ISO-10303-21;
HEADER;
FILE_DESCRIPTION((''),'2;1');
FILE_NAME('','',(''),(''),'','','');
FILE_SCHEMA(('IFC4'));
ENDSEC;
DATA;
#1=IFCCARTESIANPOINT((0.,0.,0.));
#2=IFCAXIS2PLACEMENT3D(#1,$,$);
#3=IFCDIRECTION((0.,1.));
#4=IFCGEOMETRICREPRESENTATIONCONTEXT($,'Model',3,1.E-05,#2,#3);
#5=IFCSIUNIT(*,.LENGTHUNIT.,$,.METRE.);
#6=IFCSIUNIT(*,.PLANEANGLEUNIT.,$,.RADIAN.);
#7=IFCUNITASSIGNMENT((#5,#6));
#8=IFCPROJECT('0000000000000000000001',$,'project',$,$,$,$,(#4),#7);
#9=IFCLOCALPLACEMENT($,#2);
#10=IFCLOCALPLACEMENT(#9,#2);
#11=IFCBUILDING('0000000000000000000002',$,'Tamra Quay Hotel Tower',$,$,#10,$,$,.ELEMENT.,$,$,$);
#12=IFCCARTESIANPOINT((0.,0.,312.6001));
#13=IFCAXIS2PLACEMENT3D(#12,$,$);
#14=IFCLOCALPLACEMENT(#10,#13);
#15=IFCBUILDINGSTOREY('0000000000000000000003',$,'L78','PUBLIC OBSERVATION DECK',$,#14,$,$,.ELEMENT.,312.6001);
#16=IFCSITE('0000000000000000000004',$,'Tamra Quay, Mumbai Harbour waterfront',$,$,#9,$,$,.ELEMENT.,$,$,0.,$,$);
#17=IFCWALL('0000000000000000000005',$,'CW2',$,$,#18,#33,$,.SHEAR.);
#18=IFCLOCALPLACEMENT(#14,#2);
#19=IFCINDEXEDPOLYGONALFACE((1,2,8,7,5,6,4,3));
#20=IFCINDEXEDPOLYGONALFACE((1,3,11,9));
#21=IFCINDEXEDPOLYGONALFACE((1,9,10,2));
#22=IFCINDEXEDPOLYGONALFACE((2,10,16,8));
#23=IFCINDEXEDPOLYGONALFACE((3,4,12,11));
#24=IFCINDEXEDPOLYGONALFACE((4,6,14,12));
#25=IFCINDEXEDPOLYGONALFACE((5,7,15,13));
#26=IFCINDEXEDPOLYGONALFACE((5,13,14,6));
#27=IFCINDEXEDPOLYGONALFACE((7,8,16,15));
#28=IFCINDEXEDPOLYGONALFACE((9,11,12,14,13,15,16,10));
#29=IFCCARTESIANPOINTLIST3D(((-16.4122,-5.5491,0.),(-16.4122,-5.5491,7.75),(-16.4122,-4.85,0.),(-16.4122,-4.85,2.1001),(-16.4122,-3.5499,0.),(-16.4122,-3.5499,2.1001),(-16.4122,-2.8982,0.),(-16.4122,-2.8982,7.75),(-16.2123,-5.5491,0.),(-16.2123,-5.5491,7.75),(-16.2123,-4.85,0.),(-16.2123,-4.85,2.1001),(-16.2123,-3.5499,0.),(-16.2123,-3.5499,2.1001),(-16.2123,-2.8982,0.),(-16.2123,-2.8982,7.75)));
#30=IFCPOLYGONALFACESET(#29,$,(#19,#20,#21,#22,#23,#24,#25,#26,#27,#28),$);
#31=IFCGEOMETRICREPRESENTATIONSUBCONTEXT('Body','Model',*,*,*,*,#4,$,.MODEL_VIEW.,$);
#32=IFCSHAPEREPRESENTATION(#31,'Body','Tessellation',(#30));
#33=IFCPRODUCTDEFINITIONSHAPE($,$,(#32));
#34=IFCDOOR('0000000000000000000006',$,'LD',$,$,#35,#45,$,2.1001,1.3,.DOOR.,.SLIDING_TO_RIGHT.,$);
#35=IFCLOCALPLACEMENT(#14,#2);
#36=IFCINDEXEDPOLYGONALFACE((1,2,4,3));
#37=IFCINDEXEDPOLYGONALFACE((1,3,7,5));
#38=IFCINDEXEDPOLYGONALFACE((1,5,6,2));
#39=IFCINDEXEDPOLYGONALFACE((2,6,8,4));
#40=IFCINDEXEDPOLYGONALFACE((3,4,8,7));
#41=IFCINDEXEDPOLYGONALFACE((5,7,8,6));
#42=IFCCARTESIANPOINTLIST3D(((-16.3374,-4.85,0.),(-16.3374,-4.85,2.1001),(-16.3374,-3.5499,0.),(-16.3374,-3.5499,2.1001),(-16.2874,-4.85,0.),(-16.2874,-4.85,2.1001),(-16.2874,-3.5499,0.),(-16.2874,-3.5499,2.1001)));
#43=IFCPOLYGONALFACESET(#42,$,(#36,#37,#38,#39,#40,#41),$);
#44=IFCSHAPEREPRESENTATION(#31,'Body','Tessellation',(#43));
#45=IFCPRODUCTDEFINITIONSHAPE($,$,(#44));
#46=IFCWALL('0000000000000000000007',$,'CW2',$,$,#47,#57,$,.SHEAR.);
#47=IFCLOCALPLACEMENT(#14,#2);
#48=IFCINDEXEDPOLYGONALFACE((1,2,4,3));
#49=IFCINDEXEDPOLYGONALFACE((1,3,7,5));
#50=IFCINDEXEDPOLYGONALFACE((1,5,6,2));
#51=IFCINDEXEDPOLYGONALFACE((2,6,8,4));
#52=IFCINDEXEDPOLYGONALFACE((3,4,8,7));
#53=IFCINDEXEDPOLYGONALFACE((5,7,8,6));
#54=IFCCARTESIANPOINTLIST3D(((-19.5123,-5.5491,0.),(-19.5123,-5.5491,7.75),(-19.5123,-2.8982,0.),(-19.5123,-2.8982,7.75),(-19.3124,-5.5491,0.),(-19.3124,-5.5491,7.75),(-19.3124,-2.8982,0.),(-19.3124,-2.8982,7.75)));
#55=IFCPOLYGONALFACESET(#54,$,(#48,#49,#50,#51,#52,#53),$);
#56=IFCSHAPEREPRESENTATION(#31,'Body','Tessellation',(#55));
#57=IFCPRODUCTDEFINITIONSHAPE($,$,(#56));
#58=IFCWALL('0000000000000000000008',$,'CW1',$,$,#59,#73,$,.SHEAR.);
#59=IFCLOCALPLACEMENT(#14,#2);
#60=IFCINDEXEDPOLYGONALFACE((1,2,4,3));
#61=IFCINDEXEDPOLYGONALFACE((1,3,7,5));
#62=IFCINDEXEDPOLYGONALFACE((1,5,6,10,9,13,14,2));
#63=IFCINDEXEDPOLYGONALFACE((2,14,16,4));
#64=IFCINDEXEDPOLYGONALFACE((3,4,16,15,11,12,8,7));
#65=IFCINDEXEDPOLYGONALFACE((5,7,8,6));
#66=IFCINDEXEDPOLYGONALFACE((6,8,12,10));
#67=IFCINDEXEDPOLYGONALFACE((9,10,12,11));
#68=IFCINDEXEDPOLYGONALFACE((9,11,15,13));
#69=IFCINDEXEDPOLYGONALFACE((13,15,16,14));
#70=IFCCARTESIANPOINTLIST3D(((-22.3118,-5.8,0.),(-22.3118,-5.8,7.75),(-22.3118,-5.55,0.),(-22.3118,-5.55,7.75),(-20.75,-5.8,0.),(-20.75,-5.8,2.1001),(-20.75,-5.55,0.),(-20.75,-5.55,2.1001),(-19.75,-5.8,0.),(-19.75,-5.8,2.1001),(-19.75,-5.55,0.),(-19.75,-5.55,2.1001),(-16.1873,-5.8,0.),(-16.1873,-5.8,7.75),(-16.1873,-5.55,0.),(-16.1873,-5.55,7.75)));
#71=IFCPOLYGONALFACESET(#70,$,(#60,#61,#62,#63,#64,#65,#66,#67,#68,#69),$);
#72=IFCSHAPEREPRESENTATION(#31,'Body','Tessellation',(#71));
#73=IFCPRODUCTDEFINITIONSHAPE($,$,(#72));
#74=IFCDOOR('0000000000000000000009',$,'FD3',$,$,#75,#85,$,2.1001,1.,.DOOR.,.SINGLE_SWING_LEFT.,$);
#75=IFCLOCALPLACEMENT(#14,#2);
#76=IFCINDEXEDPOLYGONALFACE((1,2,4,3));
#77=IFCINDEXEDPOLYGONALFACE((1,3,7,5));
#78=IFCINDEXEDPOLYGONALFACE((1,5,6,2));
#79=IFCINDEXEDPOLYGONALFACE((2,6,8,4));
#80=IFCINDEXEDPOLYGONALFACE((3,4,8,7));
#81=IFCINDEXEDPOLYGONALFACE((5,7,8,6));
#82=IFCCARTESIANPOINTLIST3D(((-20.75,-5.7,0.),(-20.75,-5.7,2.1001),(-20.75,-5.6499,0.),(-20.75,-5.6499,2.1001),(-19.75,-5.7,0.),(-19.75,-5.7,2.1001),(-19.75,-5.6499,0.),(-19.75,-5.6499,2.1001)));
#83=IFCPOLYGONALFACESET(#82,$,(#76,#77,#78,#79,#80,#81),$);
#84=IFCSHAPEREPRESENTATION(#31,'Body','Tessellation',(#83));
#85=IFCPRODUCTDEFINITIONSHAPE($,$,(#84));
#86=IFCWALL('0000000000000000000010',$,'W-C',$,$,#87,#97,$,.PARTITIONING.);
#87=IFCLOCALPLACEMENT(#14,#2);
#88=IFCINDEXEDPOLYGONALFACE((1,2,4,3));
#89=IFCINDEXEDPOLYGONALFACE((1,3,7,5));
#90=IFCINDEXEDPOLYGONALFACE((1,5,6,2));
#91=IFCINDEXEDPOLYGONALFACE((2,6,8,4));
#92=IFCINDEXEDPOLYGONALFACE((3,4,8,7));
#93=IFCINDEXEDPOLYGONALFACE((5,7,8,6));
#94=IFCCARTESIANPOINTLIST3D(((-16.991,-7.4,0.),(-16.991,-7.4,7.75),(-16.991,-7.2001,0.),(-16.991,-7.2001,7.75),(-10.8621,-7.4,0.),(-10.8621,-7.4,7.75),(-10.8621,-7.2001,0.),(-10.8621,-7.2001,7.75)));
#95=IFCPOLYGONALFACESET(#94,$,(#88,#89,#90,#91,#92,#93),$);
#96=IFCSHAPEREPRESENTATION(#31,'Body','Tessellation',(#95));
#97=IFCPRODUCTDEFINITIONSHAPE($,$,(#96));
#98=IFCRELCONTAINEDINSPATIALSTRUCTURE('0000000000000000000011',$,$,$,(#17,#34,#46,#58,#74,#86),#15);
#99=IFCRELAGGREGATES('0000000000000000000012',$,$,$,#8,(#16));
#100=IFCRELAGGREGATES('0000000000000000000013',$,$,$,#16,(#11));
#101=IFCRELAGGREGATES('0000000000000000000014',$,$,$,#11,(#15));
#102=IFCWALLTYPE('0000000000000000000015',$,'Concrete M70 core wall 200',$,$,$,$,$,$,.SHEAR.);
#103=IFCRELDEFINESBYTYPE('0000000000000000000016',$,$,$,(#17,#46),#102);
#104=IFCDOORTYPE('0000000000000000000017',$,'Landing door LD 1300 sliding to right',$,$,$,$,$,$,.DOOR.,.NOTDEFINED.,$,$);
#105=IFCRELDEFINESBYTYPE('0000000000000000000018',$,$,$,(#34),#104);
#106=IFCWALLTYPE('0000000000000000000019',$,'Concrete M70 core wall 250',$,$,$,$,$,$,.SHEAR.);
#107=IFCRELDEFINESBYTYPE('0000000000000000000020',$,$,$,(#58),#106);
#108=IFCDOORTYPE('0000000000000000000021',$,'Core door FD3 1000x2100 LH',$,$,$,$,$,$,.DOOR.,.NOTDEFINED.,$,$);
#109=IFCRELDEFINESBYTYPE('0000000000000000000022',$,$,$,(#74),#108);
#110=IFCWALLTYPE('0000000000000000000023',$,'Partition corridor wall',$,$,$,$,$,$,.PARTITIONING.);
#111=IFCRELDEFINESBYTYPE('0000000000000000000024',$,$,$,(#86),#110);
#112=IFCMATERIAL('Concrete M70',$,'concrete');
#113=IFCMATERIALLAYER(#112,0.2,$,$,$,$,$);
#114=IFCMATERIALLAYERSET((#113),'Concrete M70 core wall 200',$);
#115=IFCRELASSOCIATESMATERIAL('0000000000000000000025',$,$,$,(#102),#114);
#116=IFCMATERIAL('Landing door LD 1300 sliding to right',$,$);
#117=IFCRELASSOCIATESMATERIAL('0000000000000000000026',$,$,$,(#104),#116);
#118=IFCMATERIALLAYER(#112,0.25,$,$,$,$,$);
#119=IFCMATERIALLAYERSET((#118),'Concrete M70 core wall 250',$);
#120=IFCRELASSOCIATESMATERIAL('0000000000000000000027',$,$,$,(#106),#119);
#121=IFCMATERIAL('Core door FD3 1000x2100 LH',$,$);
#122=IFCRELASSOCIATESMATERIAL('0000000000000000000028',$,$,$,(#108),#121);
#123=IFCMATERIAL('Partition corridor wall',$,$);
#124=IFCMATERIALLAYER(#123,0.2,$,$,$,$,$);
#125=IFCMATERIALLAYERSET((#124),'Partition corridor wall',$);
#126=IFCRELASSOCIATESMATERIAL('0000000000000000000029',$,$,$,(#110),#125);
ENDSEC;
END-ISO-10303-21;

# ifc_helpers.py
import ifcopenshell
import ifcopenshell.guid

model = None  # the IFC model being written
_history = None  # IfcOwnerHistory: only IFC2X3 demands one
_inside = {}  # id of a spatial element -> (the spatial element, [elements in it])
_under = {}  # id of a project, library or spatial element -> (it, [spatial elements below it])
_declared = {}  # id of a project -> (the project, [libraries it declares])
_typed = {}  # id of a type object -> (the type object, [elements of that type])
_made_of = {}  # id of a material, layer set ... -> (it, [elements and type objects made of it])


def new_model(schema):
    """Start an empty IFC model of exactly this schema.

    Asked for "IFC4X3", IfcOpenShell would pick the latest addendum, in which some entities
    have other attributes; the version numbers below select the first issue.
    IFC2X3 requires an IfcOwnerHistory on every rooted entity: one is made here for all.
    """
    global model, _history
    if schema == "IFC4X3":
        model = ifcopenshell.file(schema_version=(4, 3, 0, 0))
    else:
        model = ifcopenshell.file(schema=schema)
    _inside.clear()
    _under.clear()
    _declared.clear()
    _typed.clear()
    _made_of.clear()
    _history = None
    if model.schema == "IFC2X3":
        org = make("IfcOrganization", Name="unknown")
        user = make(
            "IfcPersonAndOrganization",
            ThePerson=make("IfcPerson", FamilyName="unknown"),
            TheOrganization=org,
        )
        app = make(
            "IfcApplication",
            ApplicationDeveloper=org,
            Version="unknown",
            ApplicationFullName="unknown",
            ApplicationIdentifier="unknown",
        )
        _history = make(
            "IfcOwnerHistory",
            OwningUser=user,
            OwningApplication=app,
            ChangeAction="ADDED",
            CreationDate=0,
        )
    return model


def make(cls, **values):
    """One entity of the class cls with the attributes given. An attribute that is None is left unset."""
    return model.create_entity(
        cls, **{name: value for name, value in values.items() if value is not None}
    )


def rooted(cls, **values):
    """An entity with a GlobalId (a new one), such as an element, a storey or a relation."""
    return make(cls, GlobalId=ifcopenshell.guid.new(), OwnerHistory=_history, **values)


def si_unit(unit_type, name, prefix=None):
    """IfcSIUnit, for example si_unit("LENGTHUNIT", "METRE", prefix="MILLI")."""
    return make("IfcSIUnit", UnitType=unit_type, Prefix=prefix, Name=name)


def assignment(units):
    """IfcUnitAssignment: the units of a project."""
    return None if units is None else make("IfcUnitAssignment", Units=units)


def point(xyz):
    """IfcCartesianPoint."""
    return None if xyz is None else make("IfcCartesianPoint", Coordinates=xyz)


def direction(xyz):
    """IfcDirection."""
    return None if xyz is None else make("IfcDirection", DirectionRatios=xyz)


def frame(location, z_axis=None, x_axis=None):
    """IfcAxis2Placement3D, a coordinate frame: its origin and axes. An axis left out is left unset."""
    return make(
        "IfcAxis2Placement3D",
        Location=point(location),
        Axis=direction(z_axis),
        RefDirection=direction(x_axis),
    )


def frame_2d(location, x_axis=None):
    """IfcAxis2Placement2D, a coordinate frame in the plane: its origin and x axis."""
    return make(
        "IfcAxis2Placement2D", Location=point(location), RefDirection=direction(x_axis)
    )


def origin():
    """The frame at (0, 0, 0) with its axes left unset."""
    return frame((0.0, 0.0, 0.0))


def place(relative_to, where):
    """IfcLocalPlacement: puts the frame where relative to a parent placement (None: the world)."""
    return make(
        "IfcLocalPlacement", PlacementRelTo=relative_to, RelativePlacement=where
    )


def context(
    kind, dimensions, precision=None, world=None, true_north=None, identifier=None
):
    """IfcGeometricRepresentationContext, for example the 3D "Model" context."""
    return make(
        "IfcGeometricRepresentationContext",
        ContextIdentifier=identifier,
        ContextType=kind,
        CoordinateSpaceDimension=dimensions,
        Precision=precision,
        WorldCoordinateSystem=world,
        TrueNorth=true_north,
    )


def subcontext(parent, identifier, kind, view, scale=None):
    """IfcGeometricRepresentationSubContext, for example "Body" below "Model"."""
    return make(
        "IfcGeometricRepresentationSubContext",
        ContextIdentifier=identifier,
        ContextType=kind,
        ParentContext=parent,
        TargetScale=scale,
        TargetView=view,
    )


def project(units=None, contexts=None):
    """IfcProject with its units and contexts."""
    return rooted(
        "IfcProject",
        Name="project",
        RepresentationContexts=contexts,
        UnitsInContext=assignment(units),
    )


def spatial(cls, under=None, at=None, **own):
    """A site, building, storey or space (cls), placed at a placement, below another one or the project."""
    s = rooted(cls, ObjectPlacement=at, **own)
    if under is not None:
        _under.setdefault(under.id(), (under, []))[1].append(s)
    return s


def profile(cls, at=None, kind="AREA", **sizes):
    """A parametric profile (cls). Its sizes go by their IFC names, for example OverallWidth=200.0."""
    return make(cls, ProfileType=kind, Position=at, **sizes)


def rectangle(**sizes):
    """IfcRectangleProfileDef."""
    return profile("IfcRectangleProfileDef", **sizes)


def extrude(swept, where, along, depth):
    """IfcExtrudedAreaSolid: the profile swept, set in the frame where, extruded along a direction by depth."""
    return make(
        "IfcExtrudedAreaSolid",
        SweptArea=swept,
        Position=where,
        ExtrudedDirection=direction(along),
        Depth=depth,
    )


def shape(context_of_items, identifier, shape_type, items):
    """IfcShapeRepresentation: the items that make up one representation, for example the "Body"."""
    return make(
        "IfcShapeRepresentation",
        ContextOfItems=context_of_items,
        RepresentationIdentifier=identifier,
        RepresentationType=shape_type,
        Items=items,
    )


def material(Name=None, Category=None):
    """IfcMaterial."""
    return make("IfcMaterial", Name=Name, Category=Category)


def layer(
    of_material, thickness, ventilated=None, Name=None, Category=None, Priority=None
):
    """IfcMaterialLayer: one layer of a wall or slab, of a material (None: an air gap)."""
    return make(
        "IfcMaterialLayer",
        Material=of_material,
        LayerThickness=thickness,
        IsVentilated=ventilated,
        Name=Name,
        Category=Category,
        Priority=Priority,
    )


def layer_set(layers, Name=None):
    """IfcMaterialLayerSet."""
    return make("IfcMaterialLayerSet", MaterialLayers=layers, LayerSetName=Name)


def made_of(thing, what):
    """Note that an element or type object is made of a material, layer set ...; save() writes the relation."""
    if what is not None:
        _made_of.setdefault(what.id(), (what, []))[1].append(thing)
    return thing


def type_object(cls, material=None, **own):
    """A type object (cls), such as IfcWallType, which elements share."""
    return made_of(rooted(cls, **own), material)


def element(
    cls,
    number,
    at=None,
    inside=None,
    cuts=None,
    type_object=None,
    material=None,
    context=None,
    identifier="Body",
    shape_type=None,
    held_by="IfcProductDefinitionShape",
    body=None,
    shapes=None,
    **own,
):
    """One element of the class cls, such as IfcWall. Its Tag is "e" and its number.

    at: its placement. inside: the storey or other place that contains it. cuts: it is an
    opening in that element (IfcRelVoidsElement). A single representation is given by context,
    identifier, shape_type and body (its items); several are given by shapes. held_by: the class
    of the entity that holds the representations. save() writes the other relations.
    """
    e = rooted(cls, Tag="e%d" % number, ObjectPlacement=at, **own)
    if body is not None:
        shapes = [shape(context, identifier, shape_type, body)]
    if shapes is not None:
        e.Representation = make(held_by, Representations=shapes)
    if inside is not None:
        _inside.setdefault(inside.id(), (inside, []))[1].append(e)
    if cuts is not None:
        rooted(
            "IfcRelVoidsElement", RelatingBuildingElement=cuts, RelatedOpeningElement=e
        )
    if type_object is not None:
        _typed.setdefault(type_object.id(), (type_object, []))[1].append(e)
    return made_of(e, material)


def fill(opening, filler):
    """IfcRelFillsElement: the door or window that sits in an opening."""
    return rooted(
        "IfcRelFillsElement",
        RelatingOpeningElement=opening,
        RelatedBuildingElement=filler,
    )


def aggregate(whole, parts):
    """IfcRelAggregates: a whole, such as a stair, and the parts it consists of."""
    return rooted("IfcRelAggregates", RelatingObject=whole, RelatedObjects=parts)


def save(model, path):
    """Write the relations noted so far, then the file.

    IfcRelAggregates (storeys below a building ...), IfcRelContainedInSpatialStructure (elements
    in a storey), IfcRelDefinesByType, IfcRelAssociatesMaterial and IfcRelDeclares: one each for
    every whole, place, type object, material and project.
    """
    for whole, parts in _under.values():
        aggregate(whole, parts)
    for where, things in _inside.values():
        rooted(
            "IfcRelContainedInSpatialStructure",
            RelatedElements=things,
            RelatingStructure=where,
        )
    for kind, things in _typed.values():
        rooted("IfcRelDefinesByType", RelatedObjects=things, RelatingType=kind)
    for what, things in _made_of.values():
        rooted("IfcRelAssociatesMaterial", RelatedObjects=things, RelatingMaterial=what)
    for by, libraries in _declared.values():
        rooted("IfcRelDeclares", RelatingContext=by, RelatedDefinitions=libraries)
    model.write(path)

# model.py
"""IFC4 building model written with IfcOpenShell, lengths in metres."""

from ifc_helpers import new_model, si_unit, direction, frame, frame_2d, origin, place, context, subcontext, project, spatial, rectangle, extrude, material, layer, layer_set, type_object, element, fill, save


model = new_model("IFC4")

# Units and contexts
model_context = context("Model", 3, precision=1e-05, world=origin(), true_north=direction((0.0, 1.0)))
body_context = subcontext(model_context, "Body", "Model", "MODEL_VIEW")
ifc_project = project(units=[si_unit("LENGTHUNIT", "METRE"), si_unit("PLANEANGLEUNIT", "RADIAN")], contexts=[model_context])

# Site, building, storey
site_placement = place(None, origin())
site = spatial("IfcSite", under=ifc_project, at=site_placement, Name="Tamra Quay, Mumbai Harbour waterfront", CompositionType="ELEMENT", RefElevation=0.0)
building_placement = place(site_placement, origin())
building = spatial("IfcBuilding", under=site, at=building_placement, Name="Tamra Quay Hotel Tower", CompositionType="ELEMENT")
storey_placement = place(building_placement, frame((0.0, 0.0, 312.6001)))
storey = spatial("IfcBuildingStorey", under=building, at=storey_placement, Name="L78", Description="PUBLIC OBSERVATION DECK", CompositionType="ELEMENT", Elevation=312.6001)

# Shared definitions
ifc_material_1 = material(Name="Concrete M70", Category="concrete")

# Shared definitions
ifc_layer_1 = layer(ifc_material_1, 0.2)
ifc_layer_set_1 = layer_set([ifc_layer_1], Name="Concrete M70 core wall 200")
wall_type_1 = type_object("IfcWallType", Name="Concrete M70 core wall 200", PredefinedType="SHEAR", material=ifc_layer_set_1)

# Wall, opening, door
wall_1_placement = place(storey_placement, frame((-16.3123, -2.8982, 0.0), z_axis=(0.0, 0.0, 1.0), x_axis=(0.0, -1.0, 0.0)))
wall_1 = element("IfcWall", 1, at=wall_1_placement, inside=storey, type_object=wall_type_1, Name="CW2", PredefinedType="SHEAR", context=body_context, shape_type="SweptSolid", body=[
    extrude(rectangle(XDim=2.6509, YDim=0.2, at=frame_2d((1.3254, 0.0))), origin(), (0.0, 0.0, 1.0), 7.75),
])
opening_1_placement = place(wall_1_placement, frame((0.6519, 0.0, 0.0)))
opening_1 = element("IfcOpeningElement", 2, at=opening_1_placement, cuts=wall_1, PredefinedType="OPENING", context=body_context, shape_type="SweptSolid", body=[
    extrude(rectangle(XDim=1.3, YDim=2.1001, at=frame_2d((0.6499, 1.05))), frame((0.0, 0.1099, 0.0), z_axis=(0.0, -1.0, 0.0), x_axis=(1.0, 0.0, 0.0)), (0.0, 0.0, 1.0), 0.22),
])
ifc_material_2 = material(Name="Landing door LD 1300 sliding to right")
door_type_1 = type_object("IfcDoorType", Name="Landing door LD 1300 sliding to right", OperationType="NOTDEFINED", PredefinedType="DOOR", material=ifc_material_2)
door_1_placement = place(opening_1_placement, origin())
door_1 = element("IfcDoor", 3, at=door_1_placement, inside=storey, type_object=door_type_1, Name="LD", OperationType="SLIDING_TO_RIGHT", OverallHeight=2.1001, OverallWidth=1.3, PredefinedType="DOOR", context=body_context, shape_type="SweptSolid", body=[
    extrude(rectangle(XDim=1.3, YDim=2.1001, at=frame_2d((0.6499, 1.05))), frame((0.0, 0.0249, 0.0), z_axis=(0.0, -1.0, 0.0), x_axis=(1.0, 0.0, 0.0)), (0.0, 0.0, 1.0), 0.05),
])
fill(opening_1, door_1)

# Wall
wall_2_placement = place(storey_placement, frame((-19.4124, -5.5491, 0.0), z_axis=(0.0, 0.0, 1.0), x_axis=(0.0, 1.0, 0.0)))
element("IfcWall", 4, at=wall_2_placement, inside=storey, type_object=wall_type_1, Name="CW2", PredefinedType="SHEAR", context=body_context, shape_type="SweptSolid", body=[
    extrude(rectangle(XDim=2.6509, YDim=0.2, at=frame_2d((1.3254, 0.0))), origin(), (0.0, 0.0, 1.0), 7.75),
])

# Wall, opening, door
ifc_layer_2 = layer(ifc_material_1, 0.25)
ifc_layer_set_2 = layer_set([ifc_layer_2], Name="Concrete M70 core wall 250")
wall_type_2 = type_object("IfcWallType", Name="Concrete M70 core wall 250", PredefinedType="SHEAR", material=ifc_layer_set_2)
wall_3_placement = place(storey_placement, frame((-16.1873, -5.675, 0.0), z_axis=(0.0, 0.0, 1.0), x_axis=(-1.0, 0.0, 0.0)))
wall_3 = element("IfcWall", 5, at=wall_3_placement, inside=storey, type_object=wall_type_2, Name="CW1", PredefinedType="SHEAR", context=body_context, shape_type="SweptSolid", body=[
    extrude(rectangle(XDim=6.1245, YDim=0.25, at=frame_2d((3.0623, 0.0))), origin(), (0.0, 0.0, 1.0), 7.75),
])
opening_2_placement = place(wall_3_placement, frame((3.5627, 0.0, 0.0)))
opening_2 = element("IfcOpeningElement", 6, at=opening_2_placement, cuts=wall_3, PredefinedType="OPENING", context=body_context, shape_type="SweptSolid", body=[
    extrude(rectangle(XDim=1.0, YDim=2.1001, at=frame_2d((0.5, 1.05))), frame((0.0, 0.135, 0.0), z_axis=(0.0, -1.0, 0.0), x_axis=(1.0, 0.0, 0.0)), (0.0, 0.0, 1.0), 0.27),
])
ifc_material_3 = material(Name="Core door FD3 1000x2100 LH")
door_type_2 = type_object("IfcDoorType", Name="Core door FD3 1000x2100 LH", OperationType="NOTDEFINED", PredefinedType="DOOR", material=ifc_material_3)
door_2_placement = place(opening_2_placement, origin())
door_2 = element("IfcDoor", 7, at=door_2_placement, inside=storey, type_object=door_type_2, Name="FD3", OperationType="SINGLE_SWING_LEFT", OverallHeight=2.1001, OverallWidth=1.0, PredefinedType="DOOR", context=body_context, shape_type="SweptSolid", body=[
    extrude(rectangle(XDim=1.0, YDim=2.1001, at=frame_2d((0.5, 1.05))), frame((0.0, 0.0249, 0.0), z_axis=(0.0, -1.0, 0.0), x_axis=(1.0, 0.0, 0.0)), (0.0, 0.0, 1.0), 0.05),
])
fill(opening_2, door_2)

# Wall
ifc_material_4 = material(Name="Partition corridor wall")
ifc_layer_3 = layer(ifc_material_4, 0.2)
ifc_layer_set_3 = layer_set([ifc_layer_3], Name="Partition corridor wall")
wall_type_3 = type_object("IfcWallType", Name="Partition corridor wall", PredefinedType="PARTITIONING", material=ifc_layer_set_3)
wall_4_placement = place(storey_placement, frame((-16.991, -7.3, 0.0), z_axis=(0.0, 0.0, 1.0), x_axis=(1.0, 0.0, 0.0)))
element("IfcWall", 8, at=wall_4_placement, inside=storey, type_object=wall_type_3, Name="W-C", PredefinedType="PARTITIONING", context=body_context, shape_type="SweptSolid", body=[
    extrude(rectangle(XDim=6.1289, YDim=0.2, at=frame_2d((3.0645, 0.0))), origin(), (0.0, 0.0, 1.0), 7.75),
])

save(model, "model.ifc")
